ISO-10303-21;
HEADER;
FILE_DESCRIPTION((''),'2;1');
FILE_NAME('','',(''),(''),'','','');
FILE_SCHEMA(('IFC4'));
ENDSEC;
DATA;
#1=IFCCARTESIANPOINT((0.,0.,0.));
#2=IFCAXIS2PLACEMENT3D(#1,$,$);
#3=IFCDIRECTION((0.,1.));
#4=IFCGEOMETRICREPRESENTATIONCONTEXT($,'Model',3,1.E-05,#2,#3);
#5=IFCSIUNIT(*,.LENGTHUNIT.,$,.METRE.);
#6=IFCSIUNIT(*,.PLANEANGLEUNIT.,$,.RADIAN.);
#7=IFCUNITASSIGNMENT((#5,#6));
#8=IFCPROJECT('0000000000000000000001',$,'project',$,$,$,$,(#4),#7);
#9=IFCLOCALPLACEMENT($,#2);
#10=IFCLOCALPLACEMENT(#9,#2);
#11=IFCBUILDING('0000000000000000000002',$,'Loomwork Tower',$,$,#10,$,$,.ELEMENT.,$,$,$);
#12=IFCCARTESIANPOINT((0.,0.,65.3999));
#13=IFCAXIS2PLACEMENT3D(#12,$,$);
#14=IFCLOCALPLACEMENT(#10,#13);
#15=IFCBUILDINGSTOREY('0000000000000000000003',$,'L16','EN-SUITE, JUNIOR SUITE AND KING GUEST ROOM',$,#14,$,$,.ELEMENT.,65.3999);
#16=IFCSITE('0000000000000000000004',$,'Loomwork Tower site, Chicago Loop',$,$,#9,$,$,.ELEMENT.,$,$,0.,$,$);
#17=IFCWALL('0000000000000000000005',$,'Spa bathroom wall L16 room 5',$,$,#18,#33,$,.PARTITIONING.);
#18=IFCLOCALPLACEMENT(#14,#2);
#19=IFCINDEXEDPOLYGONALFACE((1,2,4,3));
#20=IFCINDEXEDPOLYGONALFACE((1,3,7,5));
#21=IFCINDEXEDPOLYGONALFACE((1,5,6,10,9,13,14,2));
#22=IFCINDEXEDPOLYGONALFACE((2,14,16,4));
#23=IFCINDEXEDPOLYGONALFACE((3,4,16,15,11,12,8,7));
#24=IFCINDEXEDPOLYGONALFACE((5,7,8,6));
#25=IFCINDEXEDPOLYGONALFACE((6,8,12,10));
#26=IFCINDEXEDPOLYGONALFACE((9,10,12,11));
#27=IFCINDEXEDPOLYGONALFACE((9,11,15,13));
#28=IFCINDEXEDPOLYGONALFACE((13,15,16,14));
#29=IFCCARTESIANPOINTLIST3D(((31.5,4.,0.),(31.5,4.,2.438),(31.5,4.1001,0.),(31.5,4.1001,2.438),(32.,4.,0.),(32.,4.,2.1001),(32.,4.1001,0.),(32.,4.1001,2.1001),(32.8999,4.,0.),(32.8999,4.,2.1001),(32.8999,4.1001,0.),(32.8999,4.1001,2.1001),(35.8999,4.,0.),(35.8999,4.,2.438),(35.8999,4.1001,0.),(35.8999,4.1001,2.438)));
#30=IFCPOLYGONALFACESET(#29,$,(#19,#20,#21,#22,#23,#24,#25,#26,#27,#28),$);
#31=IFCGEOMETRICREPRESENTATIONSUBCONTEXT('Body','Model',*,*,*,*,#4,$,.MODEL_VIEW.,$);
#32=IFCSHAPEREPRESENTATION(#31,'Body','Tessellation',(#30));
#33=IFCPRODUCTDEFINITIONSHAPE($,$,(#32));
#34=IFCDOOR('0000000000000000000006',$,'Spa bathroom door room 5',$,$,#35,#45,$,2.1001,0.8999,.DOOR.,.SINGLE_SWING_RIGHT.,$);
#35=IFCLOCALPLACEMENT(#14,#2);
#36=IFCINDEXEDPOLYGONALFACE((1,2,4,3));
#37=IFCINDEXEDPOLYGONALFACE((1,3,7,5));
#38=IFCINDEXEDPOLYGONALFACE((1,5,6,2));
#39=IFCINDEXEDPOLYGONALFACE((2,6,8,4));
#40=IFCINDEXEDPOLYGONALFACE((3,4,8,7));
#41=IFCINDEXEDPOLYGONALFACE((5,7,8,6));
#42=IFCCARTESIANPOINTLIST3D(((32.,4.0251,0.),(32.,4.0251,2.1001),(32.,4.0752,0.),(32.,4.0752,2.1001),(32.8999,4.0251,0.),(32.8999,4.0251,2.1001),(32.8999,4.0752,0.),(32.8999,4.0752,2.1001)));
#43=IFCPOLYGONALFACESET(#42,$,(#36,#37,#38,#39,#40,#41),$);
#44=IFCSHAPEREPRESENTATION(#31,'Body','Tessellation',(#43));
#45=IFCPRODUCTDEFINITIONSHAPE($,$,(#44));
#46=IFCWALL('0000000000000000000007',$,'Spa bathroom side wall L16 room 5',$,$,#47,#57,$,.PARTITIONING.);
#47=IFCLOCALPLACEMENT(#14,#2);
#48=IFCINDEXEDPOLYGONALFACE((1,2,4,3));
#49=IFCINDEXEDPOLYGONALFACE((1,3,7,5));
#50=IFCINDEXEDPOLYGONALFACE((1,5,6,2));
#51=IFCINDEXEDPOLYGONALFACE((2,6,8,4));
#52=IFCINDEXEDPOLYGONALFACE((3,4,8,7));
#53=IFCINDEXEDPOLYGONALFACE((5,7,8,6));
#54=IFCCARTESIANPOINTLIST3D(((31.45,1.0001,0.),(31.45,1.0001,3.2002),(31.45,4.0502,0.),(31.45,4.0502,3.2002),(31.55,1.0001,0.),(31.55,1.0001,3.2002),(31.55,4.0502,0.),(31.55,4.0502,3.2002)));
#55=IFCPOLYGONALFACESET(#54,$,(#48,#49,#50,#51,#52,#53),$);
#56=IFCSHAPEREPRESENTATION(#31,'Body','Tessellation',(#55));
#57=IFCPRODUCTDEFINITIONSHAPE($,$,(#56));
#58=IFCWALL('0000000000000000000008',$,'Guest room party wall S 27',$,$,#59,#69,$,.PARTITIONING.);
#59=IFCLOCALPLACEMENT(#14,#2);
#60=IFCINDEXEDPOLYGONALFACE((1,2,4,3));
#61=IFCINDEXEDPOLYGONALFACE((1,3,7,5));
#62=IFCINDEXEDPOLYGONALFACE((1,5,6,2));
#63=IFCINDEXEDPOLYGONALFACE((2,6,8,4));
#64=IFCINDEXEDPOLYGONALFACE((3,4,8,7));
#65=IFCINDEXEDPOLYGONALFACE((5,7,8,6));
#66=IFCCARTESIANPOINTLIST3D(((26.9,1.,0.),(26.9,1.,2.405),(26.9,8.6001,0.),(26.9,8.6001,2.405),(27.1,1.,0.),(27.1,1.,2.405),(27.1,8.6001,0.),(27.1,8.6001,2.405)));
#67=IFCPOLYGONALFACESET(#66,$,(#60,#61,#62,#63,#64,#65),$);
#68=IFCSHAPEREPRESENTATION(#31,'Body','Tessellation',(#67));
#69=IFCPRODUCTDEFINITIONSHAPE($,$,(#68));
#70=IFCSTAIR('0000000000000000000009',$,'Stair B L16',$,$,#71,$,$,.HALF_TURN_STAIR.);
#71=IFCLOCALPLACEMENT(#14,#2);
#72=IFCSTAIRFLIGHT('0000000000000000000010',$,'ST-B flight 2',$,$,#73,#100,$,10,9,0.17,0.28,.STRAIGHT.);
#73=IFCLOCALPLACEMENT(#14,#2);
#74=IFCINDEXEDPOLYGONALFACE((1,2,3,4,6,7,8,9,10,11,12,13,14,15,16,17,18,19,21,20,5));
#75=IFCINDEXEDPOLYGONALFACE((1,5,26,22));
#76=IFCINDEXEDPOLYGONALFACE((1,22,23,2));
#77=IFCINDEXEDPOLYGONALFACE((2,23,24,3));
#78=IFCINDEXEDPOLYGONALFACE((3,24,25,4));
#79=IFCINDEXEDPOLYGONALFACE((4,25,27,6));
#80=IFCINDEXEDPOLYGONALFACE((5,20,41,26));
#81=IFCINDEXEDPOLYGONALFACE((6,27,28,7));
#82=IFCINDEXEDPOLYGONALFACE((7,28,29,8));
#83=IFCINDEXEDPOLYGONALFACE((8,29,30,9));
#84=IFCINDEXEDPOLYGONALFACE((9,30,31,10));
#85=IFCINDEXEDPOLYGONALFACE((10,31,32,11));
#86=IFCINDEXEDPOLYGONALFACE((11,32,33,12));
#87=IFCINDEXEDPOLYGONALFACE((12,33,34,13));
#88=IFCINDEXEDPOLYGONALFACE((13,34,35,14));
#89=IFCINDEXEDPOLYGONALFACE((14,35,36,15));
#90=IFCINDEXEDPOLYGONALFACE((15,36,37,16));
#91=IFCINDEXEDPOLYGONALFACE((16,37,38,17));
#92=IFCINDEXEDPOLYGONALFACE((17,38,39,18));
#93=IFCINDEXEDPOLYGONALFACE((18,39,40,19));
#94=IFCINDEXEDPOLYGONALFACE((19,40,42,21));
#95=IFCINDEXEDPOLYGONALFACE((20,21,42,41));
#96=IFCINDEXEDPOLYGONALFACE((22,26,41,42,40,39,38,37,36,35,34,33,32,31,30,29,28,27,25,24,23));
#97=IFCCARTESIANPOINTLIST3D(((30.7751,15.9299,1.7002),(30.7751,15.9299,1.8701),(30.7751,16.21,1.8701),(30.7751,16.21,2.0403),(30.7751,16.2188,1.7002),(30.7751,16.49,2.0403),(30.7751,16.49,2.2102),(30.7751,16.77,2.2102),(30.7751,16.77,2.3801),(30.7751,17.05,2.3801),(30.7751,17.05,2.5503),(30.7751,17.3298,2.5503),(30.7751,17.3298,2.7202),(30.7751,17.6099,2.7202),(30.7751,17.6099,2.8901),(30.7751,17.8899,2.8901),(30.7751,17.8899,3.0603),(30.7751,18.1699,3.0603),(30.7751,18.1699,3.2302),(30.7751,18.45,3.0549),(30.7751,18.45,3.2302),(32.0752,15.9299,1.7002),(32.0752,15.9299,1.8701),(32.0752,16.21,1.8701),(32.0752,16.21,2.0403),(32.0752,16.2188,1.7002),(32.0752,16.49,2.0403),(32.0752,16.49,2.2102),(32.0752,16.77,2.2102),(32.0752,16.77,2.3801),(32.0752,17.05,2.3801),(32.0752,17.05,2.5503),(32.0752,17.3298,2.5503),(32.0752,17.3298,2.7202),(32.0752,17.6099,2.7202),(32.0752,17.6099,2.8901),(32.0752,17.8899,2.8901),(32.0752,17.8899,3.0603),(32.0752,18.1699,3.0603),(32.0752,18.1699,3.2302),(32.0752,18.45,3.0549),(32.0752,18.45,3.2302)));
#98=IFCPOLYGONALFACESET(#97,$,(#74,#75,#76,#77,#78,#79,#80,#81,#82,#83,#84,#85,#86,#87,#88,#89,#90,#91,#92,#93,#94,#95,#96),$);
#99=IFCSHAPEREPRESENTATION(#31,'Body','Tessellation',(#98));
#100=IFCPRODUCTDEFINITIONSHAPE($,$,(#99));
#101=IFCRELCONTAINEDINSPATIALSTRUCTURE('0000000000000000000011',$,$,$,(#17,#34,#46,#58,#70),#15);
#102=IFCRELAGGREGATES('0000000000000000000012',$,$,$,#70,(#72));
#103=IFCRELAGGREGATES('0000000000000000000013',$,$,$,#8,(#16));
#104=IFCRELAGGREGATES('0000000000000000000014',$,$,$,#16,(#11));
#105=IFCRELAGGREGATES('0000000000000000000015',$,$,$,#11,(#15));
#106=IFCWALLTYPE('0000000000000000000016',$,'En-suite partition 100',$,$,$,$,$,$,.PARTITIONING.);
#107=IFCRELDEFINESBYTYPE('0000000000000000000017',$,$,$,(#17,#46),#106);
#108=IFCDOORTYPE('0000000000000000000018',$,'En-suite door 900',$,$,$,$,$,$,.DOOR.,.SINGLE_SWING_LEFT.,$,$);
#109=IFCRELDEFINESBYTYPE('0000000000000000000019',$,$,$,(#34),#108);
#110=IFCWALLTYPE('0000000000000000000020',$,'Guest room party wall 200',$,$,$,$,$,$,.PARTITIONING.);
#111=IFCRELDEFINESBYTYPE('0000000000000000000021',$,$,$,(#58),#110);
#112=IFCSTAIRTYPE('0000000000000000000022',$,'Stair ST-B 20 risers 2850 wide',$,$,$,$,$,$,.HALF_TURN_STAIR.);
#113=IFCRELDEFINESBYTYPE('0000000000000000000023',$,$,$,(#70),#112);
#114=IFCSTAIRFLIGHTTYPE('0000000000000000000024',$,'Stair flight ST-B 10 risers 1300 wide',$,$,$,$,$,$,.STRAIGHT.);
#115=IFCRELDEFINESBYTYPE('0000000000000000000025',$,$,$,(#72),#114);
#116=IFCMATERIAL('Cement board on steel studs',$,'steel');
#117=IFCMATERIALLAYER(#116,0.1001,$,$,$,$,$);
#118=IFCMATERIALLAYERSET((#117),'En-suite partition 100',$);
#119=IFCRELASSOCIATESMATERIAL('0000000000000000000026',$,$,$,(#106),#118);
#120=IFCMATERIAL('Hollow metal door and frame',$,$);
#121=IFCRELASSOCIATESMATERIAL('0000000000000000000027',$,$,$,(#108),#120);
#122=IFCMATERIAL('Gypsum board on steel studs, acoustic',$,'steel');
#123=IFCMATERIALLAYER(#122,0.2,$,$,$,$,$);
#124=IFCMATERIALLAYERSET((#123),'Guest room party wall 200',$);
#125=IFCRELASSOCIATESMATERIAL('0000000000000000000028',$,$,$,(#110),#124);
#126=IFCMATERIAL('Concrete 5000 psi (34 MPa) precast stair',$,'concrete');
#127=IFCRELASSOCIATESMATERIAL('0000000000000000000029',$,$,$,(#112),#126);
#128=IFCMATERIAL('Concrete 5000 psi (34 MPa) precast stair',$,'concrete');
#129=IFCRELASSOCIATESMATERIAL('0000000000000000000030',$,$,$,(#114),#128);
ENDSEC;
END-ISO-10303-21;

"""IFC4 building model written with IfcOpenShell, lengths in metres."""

from ifc_helpers import new_model, si_unit, direction, frame, frame_2d, origin, place, context, subcontext, project, spatial, polyline, rectangle, outline, extrude, material, layer, layer_set, type_object, element, fill, aggregate, save


model = new_model("IFC4")

# Units and contexts
model_context = context("Model", 3, precision=1e-05, world=origin(), true_north=direction((0.0, 1.0)))
body_context = subcontext(model_context, "Body", "Model", "MODEL_VIEW")
ifc_project = project(units=[si_unit("LENGTHUNIT", "METRE"), si_unit("PLANEANGLEUNIT", "RADIAN")], contexts=[model_context])

# Site, building, storey
site_placement = place(None, origin())
site = spatial("IfcSite", under=ifc_project, at=site_placement, Name="Loomwork Tower site, Chicago Loop", CompositionType="ELEMENT", RefElevation=0.0)
building_placement = place(site_placement, origin())
building = spatial("IfcBuilding", under=site, at=building_placement, Name="Loomwork Tower", CompositionType="ELEMENT")
storey_placement = place(building_placement, frame((0.0, 0.0, 65.3999)))
storey = spatial("IfcBuildingStorey", under=building, at=storey_placement, Name="L16", Description="EN-SUITE, JUNIOR SUITE AND KING GUEST ROOM", CompositionType="ELEMENT", Elevation=65.3999)

# Wall, opening, door
ifc_material_1 = material(Name="Cement board on steel studs", Category="steel")
ifc_layer_1 = layer(ifc_material_1, 0.1001)
ifc_layer_set_1 = layer_set([ifc_layer_1], Name="En-suite partition 100")
wall_type_1 = type_object("IfcWallType", Name="En-suite partition 100", PredefinedType="PARTITIONING", material=ifc_layer_set_1)
wall_1_placement = place(storey_placement, frame((31.5, 4.05, 0.0), z_axis=(0.0, 0.0, 1.0), x_axis=(1.0, 0.0, 0.0)))
wall_1 = element("IfcWall", 1, at=wall_1_placement, inside=storey, type_object=wall_type_1, Name="Spa bathroom wall L16 room 5", PredefinedType="PARTITIONING", context=body_context, shape_type="SweptSolid", body=[
    extrude(rectangle(XDim=4.3999, YDim=0.1001, at=frame_2d((2.2, 0.0))), origin(), (0.0, 0.0, 1.0), 2.438),
])
opening_1_placement = place(wall_1_placement, frame((0.5, 0.0, 0.0)))
opening_1 = element("IfcOpeningElement", 2, at=opening_1_placement, cuts=wall_1, PredefinedType="OPENING", context=body_context, shape_type="SweptSolid", body=[
    extrude(rectangle(XDim=0.8999, YDim=2.1001, at=frame_2d((0.45, 1.05))), frame((0.0, 0.0601, 0.0), z_axis=(0.0, -1.0, 0.0), x_axis=(1.0, 0.0, 0.0)), (0.0, 0.0, 1.0), 0.1201),
])
ifc_material_2 = material(Name="Hollow metal door and frame")
door_type_1 = type_object("IfcDoorType", Name="En-suite door 900", OperationType="SINGLE_SWING_LEFT", PredefinedType="DOOR", material=ifc_material_2)
door_1_placement = place(opening_1_placement, frame((0.8999, 0.0, 0.0), z_axis=(0.0, 0.0, 1.0), x_axis=(-1.0, 0.0, 0.0)))
door_1 = element("IfcDoor", 3, at=door_1_placement, inside=storey, type_object=door_type_1, Name="Spa bathroom door room 5", OperationType="SINGLE_SWING_RIGHT", OverallHeight=2.1001, OverallWidth=0.8999, PredefinedType="DOOR", context=body_context, shape_type="SweptSolid", body=[
    extrude(rectangle(XDim=0.8999, YDim=2.1001, at=frame_2d((0.45, 1.05))), frame((0.0, 0.0249, 0.0), z_axis=(0.0, -1.0, 0.0), x_axis=(1.0, 0.0, 0.0)), (0.0, 0.0, 1.0), 0.05),
])
fill(opening_1, door_1)

# Walls
wall_2_placement = place(storey_placement, frame((31.5, 4.05, 0.0), z_axis=(0.0, 0.0, 1.0), x_axis=(0.0, -1.0, 0.0)))
element("IfcWall", 4, at=wall_2_placement, inside=storey, type_object=wall_type_1, Name="Spa bathroom side wall L16 room 5", PredefinedType="PARTITIONING", context=body_context, shape_type="SweptSolid", body=[
    extrude(rectangle(XDim=3.05, YDim=0.1001, at=frame_2d((1.5249, 0.0))), origin(), (0.0, 0.0, 1.0), 3.2002),
])
ifc_material_3 = material(Name="Gypsum board on steel studs, acoustic", Category="steel")
ifc_layer_2 = layer(ifc_material_3, 0.2)
ifc_layer_set_2 = layer_set([ifc_layer_2], Name="Guest room party wall 200")
wall_type_2 = type_object("IfcWallType", Name="Guest room party wall 200", PredefinedType="PARTITIONING", material=ifc_layer_set_2)
wall_3_placement = place(storey_placement, frame((27.0, 8.6001, 0.0), z_axis=(0.0, 0.0, 1.0), x_axis=(0.0, -1.0, 0.0)))
element("IfcWall", 5, at=wall_3_placement, inside=storey, type_object=wall_type_2, Name="Guest room party wall S 27", PredefinedType="PARTITIONING", context=body_context, shape_type="SweptSolid", body=[
    extrude(rectangle(XDim=7.6001, YDim=0.2, at=frame_2d((3.8, 0.0))), origin(), (0.0, 0.0, 1.0), 2.405),
])

# Stair, stair flight
ifc_material_4 = material(Name="Concrete 5000 psi (34 MPa) precast stair", Category="concrete")
stair_type = type_object("IfcStairType", Name="Stair ST-B 20 risers 2850 wide", PredefinedType="HALF_TURN_STAIR", material=ifc_material_4)
stair_placement = place(storey_placement, origin())
stair = element("IfcStair", 6, at=stair_placement, inside=storey, type_object=stair_type, Name="Stair B L16", PredefinedType="HALF_TURN_STAIR")
ifc_material_5 = material(Name="Concrete 5000 psi (34 MPa) precast stair", Category="concrete")
stair_flight_type = type_object("IfcStairFlightType", Name="Stair flight ST-B 10 risers 1300 wide", PredefinedType="STRAIGHT", material=ifc_material_5)
stair_flight_placement = place(storey_placement, frame((31.425, 15.9299, 1.7002), z_axis=(0.0, 0.0, 1.0), x_axis=(0.0, 1.0, 0.0)))
stair_flight = element("IfcStairFlight", 7, at=stair_flight_placement, type_object=stair_flight_type, Name="ST-B flight 2", NumberOfRisers=10, NumberOfTreads=9, PredefinedType="STRAIGHT", RiserHeight=0.17, TreadLength=0.28, context=body_context, shape_type="SweptSolid", body=[
    extrude(outline(polyline([(0.0, 0.0), (0.0, 0.1699), (0.28, 0.1699), (0.28, 0.3401), (0.5601, 0.3401), (0.5601, 0.51), (0.8401, 0.51), (0.8401, 0.6799), (1.1201, 0.6799), (1.1201, 0.8501), (1.3999, 0.8501), (1.3999, 1.02), (1.6799, 1.02), (1.6799, 1.1899), (1.96, 1.1899), (1.96, 1.3601), (2.24, 1.3601), (2.24, 1.53), (2.52, 1.53), (2.52, 1.7), (2.52, 1.3547), (0.2888, 0.0), (0.0, 0.0)])), frame((0.0, 0.6499, 0.0), z_axis=(0.0, -1.0, 0.0), x_axis=(1.0, 0.0, 0.0)), (0.0, 0.0, 1.0), 1.3),
])
aggregate(stair, [stair_flight])

save(model, "model.ifc")
